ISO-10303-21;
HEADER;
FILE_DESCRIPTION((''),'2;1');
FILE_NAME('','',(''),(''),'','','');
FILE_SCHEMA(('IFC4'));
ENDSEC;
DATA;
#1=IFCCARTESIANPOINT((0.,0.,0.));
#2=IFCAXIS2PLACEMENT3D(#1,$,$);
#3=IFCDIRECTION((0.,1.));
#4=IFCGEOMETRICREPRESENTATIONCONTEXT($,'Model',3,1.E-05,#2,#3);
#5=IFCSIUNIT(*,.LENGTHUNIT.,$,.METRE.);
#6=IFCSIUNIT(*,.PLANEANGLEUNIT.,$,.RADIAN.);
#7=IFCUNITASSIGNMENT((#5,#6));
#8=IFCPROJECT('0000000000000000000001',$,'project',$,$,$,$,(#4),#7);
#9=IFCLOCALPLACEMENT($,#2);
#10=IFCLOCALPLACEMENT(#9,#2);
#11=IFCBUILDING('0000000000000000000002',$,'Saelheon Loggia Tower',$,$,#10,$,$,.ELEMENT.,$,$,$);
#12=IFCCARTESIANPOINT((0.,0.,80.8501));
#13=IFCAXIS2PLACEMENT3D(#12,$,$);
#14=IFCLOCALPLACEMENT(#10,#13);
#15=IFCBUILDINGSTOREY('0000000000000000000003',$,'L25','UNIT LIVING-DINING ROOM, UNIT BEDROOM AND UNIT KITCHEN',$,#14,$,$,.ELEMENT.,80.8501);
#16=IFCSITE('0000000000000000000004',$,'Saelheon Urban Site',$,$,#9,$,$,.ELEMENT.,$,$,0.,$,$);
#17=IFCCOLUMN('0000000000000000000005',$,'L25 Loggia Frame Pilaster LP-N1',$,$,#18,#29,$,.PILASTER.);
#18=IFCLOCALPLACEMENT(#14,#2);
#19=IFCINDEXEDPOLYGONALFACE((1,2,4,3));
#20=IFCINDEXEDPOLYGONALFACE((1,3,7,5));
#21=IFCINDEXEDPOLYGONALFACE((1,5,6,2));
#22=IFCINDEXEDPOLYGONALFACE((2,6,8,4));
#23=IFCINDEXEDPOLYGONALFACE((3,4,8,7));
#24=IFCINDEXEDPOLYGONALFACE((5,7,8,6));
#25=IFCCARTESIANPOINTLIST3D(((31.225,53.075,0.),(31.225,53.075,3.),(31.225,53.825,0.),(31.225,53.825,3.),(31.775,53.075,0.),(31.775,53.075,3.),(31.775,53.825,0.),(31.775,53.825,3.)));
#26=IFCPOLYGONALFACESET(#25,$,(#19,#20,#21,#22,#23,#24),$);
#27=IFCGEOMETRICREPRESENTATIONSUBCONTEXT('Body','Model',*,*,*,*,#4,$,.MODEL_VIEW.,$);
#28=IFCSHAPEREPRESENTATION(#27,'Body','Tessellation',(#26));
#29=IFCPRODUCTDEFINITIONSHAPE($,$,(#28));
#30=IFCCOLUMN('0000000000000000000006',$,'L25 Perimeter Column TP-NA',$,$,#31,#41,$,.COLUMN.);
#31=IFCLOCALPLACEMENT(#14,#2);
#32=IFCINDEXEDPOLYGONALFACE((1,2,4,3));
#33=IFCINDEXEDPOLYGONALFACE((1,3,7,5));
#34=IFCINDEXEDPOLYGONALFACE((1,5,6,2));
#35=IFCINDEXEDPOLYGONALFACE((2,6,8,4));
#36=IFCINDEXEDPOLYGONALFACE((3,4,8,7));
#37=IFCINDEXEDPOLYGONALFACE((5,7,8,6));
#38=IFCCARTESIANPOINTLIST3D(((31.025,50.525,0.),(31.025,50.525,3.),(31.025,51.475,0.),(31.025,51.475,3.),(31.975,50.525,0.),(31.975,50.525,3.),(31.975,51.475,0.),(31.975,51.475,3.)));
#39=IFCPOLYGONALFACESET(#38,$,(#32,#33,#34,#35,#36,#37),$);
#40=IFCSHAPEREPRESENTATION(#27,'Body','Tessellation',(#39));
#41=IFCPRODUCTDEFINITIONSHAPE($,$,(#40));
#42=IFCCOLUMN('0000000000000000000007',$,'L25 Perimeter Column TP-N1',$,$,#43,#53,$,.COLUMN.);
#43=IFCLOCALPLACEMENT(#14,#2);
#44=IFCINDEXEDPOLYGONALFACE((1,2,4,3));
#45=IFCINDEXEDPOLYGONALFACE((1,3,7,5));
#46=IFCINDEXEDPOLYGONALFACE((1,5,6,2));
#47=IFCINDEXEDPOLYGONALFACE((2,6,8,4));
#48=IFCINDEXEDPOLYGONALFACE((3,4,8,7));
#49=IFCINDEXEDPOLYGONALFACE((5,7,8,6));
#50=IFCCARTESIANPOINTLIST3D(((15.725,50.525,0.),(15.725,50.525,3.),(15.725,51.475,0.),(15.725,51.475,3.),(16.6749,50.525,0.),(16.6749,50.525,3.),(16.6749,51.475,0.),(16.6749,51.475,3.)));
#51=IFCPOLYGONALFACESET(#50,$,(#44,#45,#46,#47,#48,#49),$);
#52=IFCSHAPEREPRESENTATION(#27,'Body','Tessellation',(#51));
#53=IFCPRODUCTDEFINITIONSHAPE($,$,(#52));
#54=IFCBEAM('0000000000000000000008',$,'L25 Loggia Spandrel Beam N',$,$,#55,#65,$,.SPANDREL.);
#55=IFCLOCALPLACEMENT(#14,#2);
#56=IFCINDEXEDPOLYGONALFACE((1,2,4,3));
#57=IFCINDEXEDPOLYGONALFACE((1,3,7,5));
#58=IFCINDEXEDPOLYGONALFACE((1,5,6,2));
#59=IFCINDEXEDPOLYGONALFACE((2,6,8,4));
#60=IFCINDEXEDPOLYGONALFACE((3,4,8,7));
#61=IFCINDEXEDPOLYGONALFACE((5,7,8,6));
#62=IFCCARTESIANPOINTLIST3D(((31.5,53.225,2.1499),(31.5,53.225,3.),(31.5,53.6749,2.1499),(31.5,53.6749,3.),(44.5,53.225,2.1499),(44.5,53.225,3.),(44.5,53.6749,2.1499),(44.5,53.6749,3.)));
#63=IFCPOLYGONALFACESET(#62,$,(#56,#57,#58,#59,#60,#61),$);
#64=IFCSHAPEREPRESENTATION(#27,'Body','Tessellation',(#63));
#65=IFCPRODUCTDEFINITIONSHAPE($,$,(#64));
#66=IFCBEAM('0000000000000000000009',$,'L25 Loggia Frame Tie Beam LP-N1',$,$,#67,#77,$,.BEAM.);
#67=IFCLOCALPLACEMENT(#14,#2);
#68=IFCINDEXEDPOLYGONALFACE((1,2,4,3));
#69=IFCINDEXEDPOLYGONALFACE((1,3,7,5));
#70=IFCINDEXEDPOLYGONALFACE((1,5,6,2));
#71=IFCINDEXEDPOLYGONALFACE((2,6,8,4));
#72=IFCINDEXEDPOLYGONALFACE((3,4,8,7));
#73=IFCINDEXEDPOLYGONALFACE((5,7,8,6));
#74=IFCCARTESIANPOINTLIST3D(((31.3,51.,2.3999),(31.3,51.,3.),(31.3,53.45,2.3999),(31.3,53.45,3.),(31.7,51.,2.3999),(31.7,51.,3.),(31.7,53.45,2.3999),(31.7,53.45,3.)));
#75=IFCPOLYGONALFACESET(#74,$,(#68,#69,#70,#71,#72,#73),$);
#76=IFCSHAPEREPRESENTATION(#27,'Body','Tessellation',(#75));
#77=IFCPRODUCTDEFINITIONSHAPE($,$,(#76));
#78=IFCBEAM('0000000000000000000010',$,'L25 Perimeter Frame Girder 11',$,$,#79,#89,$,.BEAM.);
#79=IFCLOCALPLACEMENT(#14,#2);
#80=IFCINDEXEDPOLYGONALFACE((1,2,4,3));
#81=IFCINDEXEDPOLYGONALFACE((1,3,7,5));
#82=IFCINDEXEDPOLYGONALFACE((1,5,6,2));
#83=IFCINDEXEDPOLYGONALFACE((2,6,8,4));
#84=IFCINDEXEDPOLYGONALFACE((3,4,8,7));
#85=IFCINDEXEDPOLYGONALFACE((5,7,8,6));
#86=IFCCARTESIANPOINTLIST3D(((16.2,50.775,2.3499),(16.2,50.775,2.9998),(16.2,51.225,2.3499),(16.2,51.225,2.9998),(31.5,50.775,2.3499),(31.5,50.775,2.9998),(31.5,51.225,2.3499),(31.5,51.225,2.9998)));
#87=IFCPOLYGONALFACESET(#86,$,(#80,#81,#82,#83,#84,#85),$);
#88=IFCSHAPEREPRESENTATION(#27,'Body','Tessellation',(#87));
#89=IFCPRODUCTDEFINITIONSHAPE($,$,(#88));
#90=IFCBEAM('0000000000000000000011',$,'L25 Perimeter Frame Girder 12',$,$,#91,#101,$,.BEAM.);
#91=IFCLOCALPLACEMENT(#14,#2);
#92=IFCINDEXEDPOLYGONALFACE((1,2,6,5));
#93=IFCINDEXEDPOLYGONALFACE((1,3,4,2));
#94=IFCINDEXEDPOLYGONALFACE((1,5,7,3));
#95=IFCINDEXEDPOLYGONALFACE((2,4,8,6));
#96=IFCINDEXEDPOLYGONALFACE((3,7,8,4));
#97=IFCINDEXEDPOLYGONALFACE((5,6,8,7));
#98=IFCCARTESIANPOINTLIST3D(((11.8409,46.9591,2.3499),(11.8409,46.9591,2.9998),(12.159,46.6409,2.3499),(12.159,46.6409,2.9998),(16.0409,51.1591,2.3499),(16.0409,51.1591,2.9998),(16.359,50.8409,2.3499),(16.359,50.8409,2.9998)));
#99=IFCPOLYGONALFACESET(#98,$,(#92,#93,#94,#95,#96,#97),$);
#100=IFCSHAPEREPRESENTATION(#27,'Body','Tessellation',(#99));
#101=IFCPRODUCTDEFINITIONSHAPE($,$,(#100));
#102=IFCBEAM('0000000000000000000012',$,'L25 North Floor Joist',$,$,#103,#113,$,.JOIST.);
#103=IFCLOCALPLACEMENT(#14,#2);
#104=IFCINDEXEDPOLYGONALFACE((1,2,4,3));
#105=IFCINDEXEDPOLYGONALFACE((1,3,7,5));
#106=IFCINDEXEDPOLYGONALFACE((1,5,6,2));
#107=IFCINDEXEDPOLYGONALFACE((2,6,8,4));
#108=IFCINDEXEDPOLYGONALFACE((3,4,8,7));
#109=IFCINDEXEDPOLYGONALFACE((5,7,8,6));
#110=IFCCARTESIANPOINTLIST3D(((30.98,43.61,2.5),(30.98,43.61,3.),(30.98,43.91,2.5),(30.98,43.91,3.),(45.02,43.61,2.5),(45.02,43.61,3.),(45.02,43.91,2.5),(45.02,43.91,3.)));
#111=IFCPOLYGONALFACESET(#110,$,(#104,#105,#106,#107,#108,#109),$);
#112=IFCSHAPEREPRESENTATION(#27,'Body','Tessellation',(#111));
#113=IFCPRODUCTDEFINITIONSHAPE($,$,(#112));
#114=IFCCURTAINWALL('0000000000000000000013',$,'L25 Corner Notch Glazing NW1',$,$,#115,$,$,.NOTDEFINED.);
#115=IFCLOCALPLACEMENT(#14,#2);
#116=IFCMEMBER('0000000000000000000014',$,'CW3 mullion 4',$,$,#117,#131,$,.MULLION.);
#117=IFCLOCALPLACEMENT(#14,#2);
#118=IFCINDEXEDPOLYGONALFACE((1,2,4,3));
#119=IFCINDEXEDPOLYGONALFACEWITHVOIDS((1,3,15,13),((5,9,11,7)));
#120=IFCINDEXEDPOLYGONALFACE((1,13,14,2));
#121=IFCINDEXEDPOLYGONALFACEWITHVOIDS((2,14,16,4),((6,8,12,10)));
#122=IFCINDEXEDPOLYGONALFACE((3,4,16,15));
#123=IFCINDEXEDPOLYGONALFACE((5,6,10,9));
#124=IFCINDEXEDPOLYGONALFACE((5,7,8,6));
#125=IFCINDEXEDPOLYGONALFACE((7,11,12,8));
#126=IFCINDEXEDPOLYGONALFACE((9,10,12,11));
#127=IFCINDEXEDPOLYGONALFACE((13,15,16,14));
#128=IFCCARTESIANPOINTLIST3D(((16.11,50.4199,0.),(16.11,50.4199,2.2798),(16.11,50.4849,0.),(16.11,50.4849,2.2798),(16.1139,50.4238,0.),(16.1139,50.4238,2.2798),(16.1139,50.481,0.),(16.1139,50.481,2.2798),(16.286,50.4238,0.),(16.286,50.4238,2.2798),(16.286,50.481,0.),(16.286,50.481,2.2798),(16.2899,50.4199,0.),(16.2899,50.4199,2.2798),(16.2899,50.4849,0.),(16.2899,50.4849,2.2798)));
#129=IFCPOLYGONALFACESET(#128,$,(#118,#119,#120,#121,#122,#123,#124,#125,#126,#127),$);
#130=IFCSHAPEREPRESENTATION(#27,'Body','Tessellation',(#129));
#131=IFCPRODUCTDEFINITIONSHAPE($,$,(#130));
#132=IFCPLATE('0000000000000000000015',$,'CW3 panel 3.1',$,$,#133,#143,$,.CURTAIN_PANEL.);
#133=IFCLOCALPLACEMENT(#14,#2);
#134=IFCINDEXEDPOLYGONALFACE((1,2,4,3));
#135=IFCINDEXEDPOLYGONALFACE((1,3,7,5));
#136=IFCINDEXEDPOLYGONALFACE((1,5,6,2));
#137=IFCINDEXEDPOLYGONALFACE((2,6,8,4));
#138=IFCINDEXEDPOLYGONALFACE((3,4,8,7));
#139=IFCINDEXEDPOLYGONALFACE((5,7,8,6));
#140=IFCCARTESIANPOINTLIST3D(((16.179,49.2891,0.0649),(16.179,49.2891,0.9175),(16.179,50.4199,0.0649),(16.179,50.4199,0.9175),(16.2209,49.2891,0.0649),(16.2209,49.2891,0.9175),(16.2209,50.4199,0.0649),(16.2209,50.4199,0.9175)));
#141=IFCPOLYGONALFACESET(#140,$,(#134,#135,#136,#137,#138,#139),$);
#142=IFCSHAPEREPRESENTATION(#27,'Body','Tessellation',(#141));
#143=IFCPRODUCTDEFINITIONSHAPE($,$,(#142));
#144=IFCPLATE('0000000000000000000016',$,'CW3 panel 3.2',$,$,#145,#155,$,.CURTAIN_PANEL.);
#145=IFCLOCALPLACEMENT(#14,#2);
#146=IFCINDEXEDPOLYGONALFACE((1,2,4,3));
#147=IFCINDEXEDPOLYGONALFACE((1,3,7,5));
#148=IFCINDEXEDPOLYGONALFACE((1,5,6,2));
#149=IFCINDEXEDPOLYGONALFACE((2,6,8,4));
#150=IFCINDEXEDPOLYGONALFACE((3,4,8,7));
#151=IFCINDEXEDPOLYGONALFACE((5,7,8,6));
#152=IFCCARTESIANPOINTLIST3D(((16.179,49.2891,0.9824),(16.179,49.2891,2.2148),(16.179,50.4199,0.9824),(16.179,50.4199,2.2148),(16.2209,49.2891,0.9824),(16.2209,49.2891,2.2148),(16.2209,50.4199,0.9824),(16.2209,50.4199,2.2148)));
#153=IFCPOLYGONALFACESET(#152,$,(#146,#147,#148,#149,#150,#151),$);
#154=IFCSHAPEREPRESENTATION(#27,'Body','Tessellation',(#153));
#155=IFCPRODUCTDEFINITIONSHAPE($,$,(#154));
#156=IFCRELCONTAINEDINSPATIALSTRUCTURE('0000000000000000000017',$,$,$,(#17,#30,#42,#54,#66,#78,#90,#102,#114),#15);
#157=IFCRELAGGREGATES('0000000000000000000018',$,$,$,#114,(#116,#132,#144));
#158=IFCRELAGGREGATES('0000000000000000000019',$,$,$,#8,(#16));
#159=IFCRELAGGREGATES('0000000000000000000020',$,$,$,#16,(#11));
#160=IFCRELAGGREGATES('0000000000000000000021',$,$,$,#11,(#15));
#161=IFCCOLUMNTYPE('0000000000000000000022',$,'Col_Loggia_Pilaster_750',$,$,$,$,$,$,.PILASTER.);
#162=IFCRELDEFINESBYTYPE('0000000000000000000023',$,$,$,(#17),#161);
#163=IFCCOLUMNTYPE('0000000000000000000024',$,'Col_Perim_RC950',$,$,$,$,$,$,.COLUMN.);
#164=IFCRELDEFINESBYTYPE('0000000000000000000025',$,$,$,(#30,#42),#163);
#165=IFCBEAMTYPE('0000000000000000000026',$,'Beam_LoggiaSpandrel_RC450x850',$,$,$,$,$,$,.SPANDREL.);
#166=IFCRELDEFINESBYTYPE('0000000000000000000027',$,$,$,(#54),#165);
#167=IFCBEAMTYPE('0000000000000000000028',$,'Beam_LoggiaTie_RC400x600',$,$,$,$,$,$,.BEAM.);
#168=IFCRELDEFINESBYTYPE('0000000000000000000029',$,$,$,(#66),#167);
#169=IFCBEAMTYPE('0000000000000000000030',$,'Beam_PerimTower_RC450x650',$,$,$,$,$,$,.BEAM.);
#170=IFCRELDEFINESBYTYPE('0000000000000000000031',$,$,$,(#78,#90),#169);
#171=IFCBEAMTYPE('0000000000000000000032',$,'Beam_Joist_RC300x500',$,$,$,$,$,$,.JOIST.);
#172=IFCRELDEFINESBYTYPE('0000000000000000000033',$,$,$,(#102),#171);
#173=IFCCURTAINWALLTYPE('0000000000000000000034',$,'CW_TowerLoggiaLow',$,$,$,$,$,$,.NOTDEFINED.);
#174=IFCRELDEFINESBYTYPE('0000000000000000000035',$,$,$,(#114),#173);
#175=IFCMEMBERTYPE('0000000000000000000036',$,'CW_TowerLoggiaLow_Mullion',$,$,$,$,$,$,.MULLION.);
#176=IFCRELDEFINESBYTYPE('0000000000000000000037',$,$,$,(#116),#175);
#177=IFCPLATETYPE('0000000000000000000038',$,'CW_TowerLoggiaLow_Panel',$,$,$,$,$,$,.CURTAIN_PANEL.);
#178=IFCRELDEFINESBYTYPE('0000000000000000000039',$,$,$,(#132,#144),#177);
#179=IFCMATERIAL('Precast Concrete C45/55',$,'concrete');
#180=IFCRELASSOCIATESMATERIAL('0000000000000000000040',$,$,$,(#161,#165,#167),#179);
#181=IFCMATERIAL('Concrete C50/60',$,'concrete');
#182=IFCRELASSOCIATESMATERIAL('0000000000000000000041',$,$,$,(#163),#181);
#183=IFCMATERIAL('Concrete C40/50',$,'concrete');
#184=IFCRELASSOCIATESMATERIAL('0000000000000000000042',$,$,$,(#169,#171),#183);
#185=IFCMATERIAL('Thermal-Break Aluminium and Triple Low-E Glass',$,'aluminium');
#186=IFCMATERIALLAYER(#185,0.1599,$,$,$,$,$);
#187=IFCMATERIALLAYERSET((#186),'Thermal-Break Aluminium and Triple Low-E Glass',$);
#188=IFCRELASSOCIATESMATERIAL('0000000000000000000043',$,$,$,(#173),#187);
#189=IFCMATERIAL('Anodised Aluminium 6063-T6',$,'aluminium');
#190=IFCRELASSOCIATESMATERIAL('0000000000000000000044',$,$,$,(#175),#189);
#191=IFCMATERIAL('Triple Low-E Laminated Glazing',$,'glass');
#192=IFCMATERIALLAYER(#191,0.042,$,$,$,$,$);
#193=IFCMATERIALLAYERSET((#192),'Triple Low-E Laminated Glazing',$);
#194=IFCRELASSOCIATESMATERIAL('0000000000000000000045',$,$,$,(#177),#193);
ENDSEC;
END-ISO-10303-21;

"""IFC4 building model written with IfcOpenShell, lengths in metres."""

from ifc_helpers import new_model, si_unit, direction, frame, origin, origin_2d, place, context, subcontext, project, spatial, rectangle, hollow_rectangle, extrude, source, transform, mapped, material, layer, layer_set, material_profile, profile_set, type_object, element, aggregate, save


model = new_model("IFC4")

# Units and contexts
model_context = context("Model", 3, precision=1e-05, world=origin(), true_north=direction((0.0, 1.0)))
body_context = subcontext(model_context, "Body", "Model", "MODEL_VIEW")
ifc_project = project(units=[si_unit("LENGTHUNIT", "METRE"), si_unit("PLANEANGLEUNIT", "RADIAN")], contexts=[model_context])

# Site, building, storey
site_placement = place(None, origin())
site = spatial("IfcSite", under=ifc_project, at=site_placement, Name="Saelheon Urban Site", CompositionType="ELEMENT", RefElevation=0.0)
building_placement = place(site_placement, origin())
building = spatial("IfcBuilding", under=site, at=building_placement, Name="Saelheon Loggia Tower", CompositionType="ELEMENT")
storey_placement = place(building_placement, frame((0.0, 0.0, 80.8501)))
storey = spatial("IfcBuildingStorey", under=building, at=storey_placement, Name="L25", Description="UNIT LIVING-DINING ROOM, UNIT BEDROOM AND UNIT KITCHEN", CompositionType="ELEMENT", Elevation=80.8501)

# Columns
ifc_material_1 = material(Name="Precast Concrete C45/55", Category="concrete")
ifc_material_profile_1 = material_profile(ifc_material_1, rectangle(XDim=0.55, YDim=0.75, at=origin_2d()), Name="RC-550x750")
ifc_profile_set_1 = profile_set([ifc_material_profile_1], Name="Precast Concrete C45/55")
column_type_1 = type_object("IfcColumnType", Name="Col_Loggia_Pilaster_750", PredefinedType="PILASTER", material=ifc_profile_set_1)
shared_shape_1 = source(origin(), body_context, "Body", "SweptSolid", [
    extrude(rectangle(XDim=0.55, YDim=0.75, at=origin_2d()), origin(), (0.0, 0.0, 1.0), 3.0),
])
column_placement = place(storey_placement, frame((31.5, 53.45, 0.0), z_axis=(0.0, 0.0, 1.0), x_axis=(1.0, 0.0, 0.0)))
element("IfcColumn", 1, at=column_placement, inside=storey, type_object=column_type_1, Name="L25 Loggia Frame Pilaster LP-N1", PredefinedType="PILASTER", context=body_context, shape_type="MappedRepresentation", body=[
    mapped(shared_shape_1, transform((0.0, 0.0, 0.0), scale=1.0)),
])
ifc_material_2 = material(Name="Concrete C50/60", Category="concrete")
ifc_material_profile_2 = material_profile(ifc_material_2, rectangle(XDim=0.95, YDim=0.95, at=origin_2d()), Name="RC-950x950")
ifc_profile_set_2 = profile_set([ifc_material_profile_2], Name="Concrete C50/60")
column_type_2 = type_object("IfcColumnType", Name="Col_Perim_RC950", PredefinedType="COLUMN", material=ifc_profile_set_2)
shared_shape_2 = source(origin(), body_context, "Body", "SweptSolid", [
    extrude(rectangle(XDim=0.95, YDim=0.95, at=origin_2d()), origin(), (0.0, 0.0, 1.0), 3.0),
])
for number, where, z_axis, x_axis, name in (
    (2, (31.5, 51.0, 0.0), (0.0, 0.0, 1.0), (1.0, 0.0, 0.0), "L25 Perimeter Column TP-NA"),
    (3, (16.2, 51.0, 0.0), (0.0, 0.0, 1.0), (1.0, 0.0, 0.0), "L25 Perimeter Column TP-N1"),
):
    element("IfcColumn", number, at=place(storey_placement, frame(where, z_axis=z_axis, x_axis=x_axis)), inside=storey, type_object=column_type_2, Name=name, PredefinedType="COLUMN", context=body_context, shape_type="MappedRepresentation", body=[
        mapped(shared_shape_2, transform((0.0, 0.0, 0.0), scale=1.0)),
    ])

# Beams
ifc_material_profile_3 = material_profile(ifc_material_1, rectangle(XDim=0.45, YDim=0.8501, at=origin_2d()), Name="RC-450x850")
ifc_profile_set_3 = profile_set([ifc_material_profile_3], Name="Precast Concrete C45/55")
beam_type_1 = type_object("IfcBeamType", Name="Beam_LoggiaSpandrel_RC450x850", PredefinedType="SPANDREL", material=ifc_profile_set_3)
shared_shape_3 = source(origin(), body_context, "Body", "SweptSolid", [
    extrude(rectangle(XDim=0.45, YDim=0.8501, at=origin_2d()), origin(), (0.0, 0.0, 1.0), 13.0),
])
beam_1_placement = place(storey_placement, frame((31.5, 53.45, 2.575), z_axis=(1.0, 0.0, 0.0), x_axis=(0.0, 1.0, 0.0)))
element("IfcBeam", 4, at=beam_1_placement, inside=storey, type_object=beam_type_1, Name="L25 Loggia Spandrel Beam N", PredefinedType="SPANDREL", context=body_context, shape_type="MappedRepresentation", body=[
    mapped(shared_shape_3, transform((0.0, 0.0, 0.0), scale=1.0)),
])
ifc_material_profile_4 = material_profile(ifc_material_1, rectangle(XDim=0.3999, YDim=0.6001, at=origin_2d()), Name="RC-400x600")
ifc_profile_set_4 = profile_set([ifc_material_profile_4], Name="Precast Concrete C45/55")
beam_type_2 = type_object("IfcBeamType", Name="Beam_LoggiaTie_RC400x600", PredefinedType="BEAM", material=ifc_profile_set_4)
shared_shape_4 = source(origin(), body_context, "Body", "SweptSolid", [
    extrude(rectangle(XDim=0.3999, YDim=0.6001, at=origin_2d()), origin(), (0.0, 0.0, 1.0), 2.45),
])
beam_2_placement = place(storey_placement, frame((31.5, 51.0, 2.7), z_axis=(0.0, 1.0, 0.0), x_axis=(-1.0, 0.0, 0.0)))
element("IfcBeam", 5, at=beam_2_placement, inside=storey, type_object=beam_type_2, Name="L25 Loggia Frame Tie Beam LP-N1", PredefinedType="BEAM", context=body_context, shape_type="MappedRepresentation", body=[
    mapped(shared_shape_4, transform((0.0, 0.0, 0.0), scale=1.0)),
])
ifc_material_3 = material(Name="Concrete C40/50", Category="concrete")
ifc_material_profile_5 = material_profile(ifc_material_3, rectangle(XDim=0.45, YDim=0.6499, at=origin_2d()), Name="RC-450x650")
ifc_profile_set_5 = profile_set([ifc_material_profile_5], Name="Concrete C40/50")
beam_type_3 = type_object("IfcBeamType", Name="Beam_PerimTower_RC450x650", PredefinedType="BEAM", material=ifc_profile_set_5)
shared_shape_5 = source(origin(), body_context, "Body", "SweptSolid", [
    extrude(rectangle(XDim=0.45, YDim=0.6499, at=origin_2d()), origin(), (0.0, 0.0, 1.0), 15.3),
])
beam_3_placement = place(storey_placement, frame((31.5, 51.0, 2.6748), z_axis=(-1.0, 0.0, 0.0), x_axis=(0.0, -1.0, 0.0)))
element("IfcBeam", 6, at=beam_3_placement, inside=storey, type_object=beam_type_3, Name="L25 Perimeter Frame Girder 11", PredefinedType="BEAM", context=body_context, shape_type="MappedRepresentation", body=[
    mapped(shared_shape_5, transform((0.0, 0.0, 0.0), scale=1.0)),
])
shared_shape_6 = source(origin(), body_context, "Body", "SweptSolid", [
    extrude(rectangle(XDim=0.45, YDim=0.6499, at=origin_2d()), origin(), (0.0, 0.0, 1.0), 5.9397),
])
beam_4_placement = place(storey_placement, frame((16.2, 51.0, 2.6748), z_axis=(-0.707107, -0.707107, 0.0), x_axis=(0.707107, -0.707107, 0.0)))
element("IfcBeam", 7, at=beam_4_placement, inside=storey, type_object=beam_type_3, Name="L25 Perimeter Frame Girder 12", PredefinedType="BEAM", context=body_context, shape_type="MappedRepresentation", body=[
    mapped(shared_shape_6, transform((0.0, 0.0, 0.0), scale=1.0)),
])
ifc_material_profile_6 = material_profile(ifc_material_3, rectangle(XDim=0.3, YDim=0.5, at=origin_2d()), Name="RC-300x500")
ifc_profile_set_6 = profile_set([ifc_material_profile_6], Name="Concrete C40/50")
beam_type_4 = type_object("IfcBeamType", Name="Beam_Joist_RC300x500", PredefinedType="JOIST", material=ifc_profile_set_6)
shared_shape_7 = source(origin(), body_context, "Body", "SweptSolid", [
    extrude(rectangle(XDim=0.3, YDim=0.5, at=origin_2d()), origin(), (0.0, 0.0, 1.0), 14.04),
])
beam_5_placement = place(storey_placement, frame((30.98, 43.76, 2.75), z_axis=(1.0, 0.0, 0.0), x_axis=(0.0, 1.0, 0.0)))
element("IfcBeam", 8, at=beam_5_placement, inside=storey, type_object=beam_type_4, Name="L25 North Floor Joist", PredefinedType="JOIST", context=body_context, shape_type="MappedRepresentation", body=[
    mapped(shared_shape_7, transform((0.0, 0.0, 0.0), scale=1.0)),
])

# Curtain wall, member, plates
ifc_material_4 = material(Name="Thermal-Break Aluminium and Triple Low-E Glass", Category="aluminium")
ifc_layer_1 = layer(ifc_material_4, 0.1599)
ifc_layer_set_1 = layer_set([ifc_layer_1], Name="Thermal-Break Aluminium and Triple Low-E Glass")
curtain_wall_type = type_object("IfcCurtainWallType", Name="CW_TowerLoggiaLow", PredefinedType="NOTDEFINED", material=ifc_layer_set_1)
curtain_wall_placement = place(storey_placement, origin())
curtain_wall = element("IfcCurtainWall", 9, at=curtain_wall_placement, inside=storey, type_object=curtain_wall_type, Name="L25 Corner Notch Glazing NW1", PredefinedType="NOTDEFINED")
ifc_material_5 = material(Name="Anodised Aluminium 6063-T6", Category="aluminium")
ifc_material_profile_7 = material_profile(ifc_material_5, hollow_rectangle(XDim=0.0649, YDim=0.1799, WallThickness=0.0039, at=origin_2d()), Name="RHS-180x65x4")
ifc_profile_set_7 = profile_set([ifc_material_profile_7], Name="Anodised Aluminium 6063-T6")
member_type = type_object("IfcMemberType", Name="CW_TowerLoggiaLow_Mullion", PredefinedType="MULLION", material=ifc_profile_set_7)
shared_shape_8 = source(origin(), body_context, "Body", "SweptSolid", [
    extrude(hollow_rectangle(XDim=0.0649, YDim=0.1799, WallThickness=0.0039, at=origin_2d()), origin(), (0.0, 0.0, 1.0), 2.2798),
])
member_placement = place(storey_placement, frame((16.2, 50.4524, 0.0), z_axis=(0.0, 0.0, 1.0), x_axis=(0.0, 1.0, 0.0)))
member = element("IfcMember", 10, at=member_placement, type_object=member_type, Name="CW3 mullion 4", PredefinedType="MULLION", context=body_context, shape_type="MappedRepresentation", body=[
    mapped(shared_shape_8, transform((0.0, 0.0, 0.0), scale=1.0)),
])
ifc_material_6 = material(Name="Triple Low-E Laminated Glazing", Category="glass")
ifc_layer_2 = layer(ifc_material_6, 0.042)
ifc_layer_set_2 = layer_set([ifc_layer_2], Name="Triple Low-E Laminated Glazing")
plate_type = type_object("IfcPlateType", Name="CW_TowerLoggiaLow_Panel", PredefinedType="CURTAIN_PANEL", material=ifc_layer_set_2)
shared_shape_9 = source(origin(), body_context, "Body", "SweptSolid", [
    extrude(rectangle(XDim=1.1309, YDim=0.042, at=origin_2d()), origin(), (0.0, 0.0, 1.0), 0.8525),
])
plate_1_placement = place(storey_placement, frame((16.2, 49.8545, 0.0649), z_axis=(0.0, 0.0, 1.0), x_axis=(0.0, 1.0, 0.0)))
plate_1 = element("IfcPlate", 11, at=plate_1_placement, type_object=plate_type, Name="CW3 panel 3.1", PredefinedType="CURTAIN_PANEL", context=body_context, shape_type="MappedRepresentation", body=[
    mapped(shared_shape_9, transform((0.0, 0.0, 0.0), scale=1.0)),
])
shared_shape_10 = source(origin(), body_context, "Body", "SweptSolid", [
    extrude(rectangle(XDim=1.1309, YDim=0.042, at=origin_2d()), origin(), (0.0, 0.0, 1.0), 1.2324),
])
plate_2_placement = place(storey_placement, frame((16.2, 49.8545, 0.9824), z_axis=(0.0, 0.0, 1.0), x_axis=(0.0, 1.0, 0.0)))
plate_2 = element("IfcPlate", 12, at=plate_2_placement, type_object=plate_type, Name="CW3 panel 3.2", PredefinedType="CURTAIN_PANEL", context=body_context, shape_type="MappedRepresentation", body=[
    mapped(shared_shape_10, transform((0.0, 0.0, 0.0), scale=1.0)),
])
aggregate(curtain_wall, [member, plate_1, plate_2])

save(model, "model.ifc")
